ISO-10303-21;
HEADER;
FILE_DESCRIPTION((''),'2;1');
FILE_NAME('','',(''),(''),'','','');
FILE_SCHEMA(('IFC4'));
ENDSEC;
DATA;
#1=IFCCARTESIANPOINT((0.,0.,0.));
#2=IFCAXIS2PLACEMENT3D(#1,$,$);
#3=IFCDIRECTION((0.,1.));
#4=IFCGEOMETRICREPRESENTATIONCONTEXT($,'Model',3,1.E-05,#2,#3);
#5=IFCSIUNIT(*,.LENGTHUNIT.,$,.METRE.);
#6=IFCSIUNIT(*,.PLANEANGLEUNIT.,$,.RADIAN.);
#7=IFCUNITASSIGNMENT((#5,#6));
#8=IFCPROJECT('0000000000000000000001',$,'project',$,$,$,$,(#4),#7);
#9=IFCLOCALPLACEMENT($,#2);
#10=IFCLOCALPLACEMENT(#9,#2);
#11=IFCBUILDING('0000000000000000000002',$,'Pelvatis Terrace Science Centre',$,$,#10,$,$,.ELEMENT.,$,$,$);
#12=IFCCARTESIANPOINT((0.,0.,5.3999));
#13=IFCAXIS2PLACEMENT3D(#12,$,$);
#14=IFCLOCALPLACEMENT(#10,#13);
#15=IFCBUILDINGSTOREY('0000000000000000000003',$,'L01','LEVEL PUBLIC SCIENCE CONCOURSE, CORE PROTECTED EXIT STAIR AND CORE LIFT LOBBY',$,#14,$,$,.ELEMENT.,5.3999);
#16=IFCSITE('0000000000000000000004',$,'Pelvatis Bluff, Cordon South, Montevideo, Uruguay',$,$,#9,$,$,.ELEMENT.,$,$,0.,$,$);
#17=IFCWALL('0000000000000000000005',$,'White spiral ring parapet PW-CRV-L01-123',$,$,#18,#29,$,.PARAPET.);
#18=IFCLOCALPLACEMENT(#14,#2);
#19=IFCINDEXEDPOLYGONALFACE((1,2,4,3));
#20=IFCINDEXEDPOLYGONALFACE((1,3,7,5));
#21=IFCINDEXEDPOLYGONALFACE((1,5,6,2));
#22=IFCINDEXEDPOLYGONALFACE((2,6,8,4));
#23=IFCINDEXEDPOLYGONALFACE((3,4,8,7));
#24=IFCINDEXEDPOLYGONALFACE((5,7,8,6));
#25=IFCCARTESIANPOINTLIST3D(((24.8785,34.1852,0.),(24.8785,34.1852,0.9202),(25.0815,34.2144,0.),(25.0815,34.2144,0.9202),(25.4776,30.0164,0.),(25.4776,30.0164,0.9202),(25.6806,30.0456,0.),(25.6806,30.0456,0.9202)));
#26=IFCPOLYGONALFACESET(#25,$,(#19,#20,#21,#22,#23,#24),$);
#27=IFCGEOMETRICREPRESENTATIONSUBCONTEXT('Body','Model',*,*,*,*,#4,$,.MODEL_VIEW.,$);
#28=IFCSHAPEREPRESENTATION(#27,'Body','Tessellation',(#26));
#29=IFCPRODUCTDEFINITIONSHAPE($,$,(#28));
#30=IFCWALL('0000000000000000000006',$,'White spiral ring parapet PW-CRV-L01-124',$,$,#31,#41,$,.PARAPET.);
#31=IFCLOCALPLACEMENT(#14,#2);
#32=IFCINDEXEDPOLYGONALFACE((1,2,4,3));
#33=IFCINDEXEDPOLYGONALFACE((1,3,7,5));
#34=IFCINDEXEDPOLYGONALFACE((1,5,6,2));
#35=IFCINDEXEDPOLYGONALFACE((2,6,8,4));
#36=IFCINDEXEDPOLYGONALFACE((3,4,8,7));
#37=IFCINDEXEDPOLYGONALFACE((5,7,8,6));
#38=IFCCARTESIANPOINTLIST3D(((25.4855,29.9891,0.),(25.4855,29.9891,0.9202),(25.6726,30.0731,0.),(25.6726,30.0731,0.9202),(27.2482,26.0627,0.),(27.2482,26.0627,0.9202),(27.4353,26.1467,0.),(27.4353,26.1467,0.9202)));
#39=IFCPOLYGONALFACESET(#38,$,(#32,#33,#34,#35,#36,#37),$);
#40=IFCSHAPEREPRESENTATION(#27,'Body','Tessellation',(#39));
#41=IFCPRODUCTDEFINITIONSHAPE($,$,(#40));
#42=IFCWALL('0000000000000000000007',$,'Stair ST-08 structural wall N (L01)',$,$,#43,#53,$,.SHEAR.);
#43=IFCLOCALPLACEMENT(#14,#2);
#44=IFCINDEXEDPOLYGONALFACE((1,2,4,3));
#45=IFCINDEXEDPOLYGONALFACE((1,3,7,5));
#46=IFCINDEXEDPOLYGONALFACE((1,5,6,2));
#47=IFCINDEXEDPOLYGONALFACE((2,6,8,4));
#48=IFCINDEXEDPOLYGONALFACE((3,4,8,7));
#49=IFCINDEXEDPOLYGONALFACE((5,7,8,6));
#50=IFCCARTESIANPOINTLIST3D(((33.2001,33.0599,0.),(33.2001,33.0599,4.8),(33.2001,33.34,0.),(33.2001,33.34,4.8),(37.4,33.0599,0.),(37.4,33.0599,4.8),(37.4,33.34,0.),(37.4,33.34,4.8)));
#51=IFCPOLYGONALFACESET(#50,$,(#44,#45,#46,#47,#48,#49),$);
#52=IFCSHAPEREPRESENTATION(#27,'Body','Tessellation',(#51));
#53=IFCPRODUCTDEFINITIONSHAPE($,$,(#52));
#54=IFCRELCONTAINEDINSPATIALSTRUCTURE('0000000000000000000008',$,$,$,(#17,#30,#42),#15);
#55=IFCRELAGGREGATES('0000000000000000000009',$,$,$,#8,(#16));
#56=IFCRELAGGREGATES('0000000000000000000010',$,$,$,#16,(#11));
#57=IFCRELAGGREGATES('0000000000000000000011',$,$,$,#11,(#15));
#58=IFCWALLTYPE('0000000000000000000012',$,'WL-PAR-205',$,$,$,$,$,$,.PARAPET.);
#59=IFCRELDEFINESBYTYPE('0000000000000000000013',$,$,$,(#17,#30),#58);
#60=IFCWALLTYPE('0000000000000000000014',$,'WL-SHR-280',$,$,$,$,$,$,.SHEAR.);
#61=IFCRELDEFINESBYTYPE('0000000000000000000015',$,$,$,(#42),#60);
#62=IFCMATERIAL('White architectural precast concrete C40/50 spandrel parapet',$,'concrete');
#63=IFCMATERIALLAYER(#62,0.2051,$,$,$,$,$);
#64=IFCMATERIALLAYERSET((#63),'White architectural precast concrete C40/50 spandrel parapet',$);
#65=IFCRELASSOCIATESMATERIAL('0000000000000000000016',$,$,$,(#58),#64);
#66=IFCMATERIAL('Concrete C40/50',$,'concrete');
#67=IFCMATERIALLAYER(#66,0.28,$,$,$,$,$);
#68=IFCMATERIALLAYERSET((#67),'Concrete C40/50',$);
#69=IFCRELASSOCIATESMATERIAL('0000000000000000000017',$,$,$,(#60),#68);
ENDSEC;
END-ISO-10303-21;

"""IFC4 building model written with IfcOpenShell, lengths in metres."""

from ifc_helpers import new_model, si_unit, direction, frame, frame_2d, origin, place, context, subcontext, project, spatial, rectangle, extrude, material, layer, layer_set, type_object, element, save


model = new_model("IFC4")

# Units and contexts
model_context = context("Model", 3, precision=1e-05, world=origin(), true_north=direction((0.0, 1.0)))
body_context = subcontext(model_context, "Body", "Model", "MODEL_VIEW")
ifc_project = project(units=[si_unit("LENGTHUNIT", "METRE"), si_unit("PLANEANGLEUNIT", "RADIAN")], contexts=[model_context])

# Site, building, storey
site_placement = place(None, origin())
site = spatial("IfcSite", under=ifc_project, at=site_placement, Name="Pelvatis Bluff, Cordon South, Montevideo, Uruguay", CompositionType="ELEMENT", RefElevation=0.0)
building_placement = place(site_placement, origin())
building = spatial("IfcBuilding", under=site, at=building_placement, Name="Pelvatis Terrace Science Centre", CompositionType="ELEMENT")
storey_placement = place(building_placement, frame((0.0, 0.0, 5.3999)))
storey = spatial("IfcBuildingStorey", under=building, at=storey_placement, Name="L01", Description="LEVEL PUBLIC SCIENCE CONCOURSE, CORE PROTECTED EXIT STAIR AND CORE LIFT LOBBY", CompositionType="ELEMENT", Elevation=5.3999)

# Walls
ifc_material_1 = material(Name="White architectural precast concrete C40/50 spandrel parapet", Category="concrete")
ifc_layer_1 = layer(ifc_material_1, 0.2051)
ifc_layer_set_1 = layer_set([ifc_layer_1], Name="White architectural precast concrete C40/50 spandrel parapet")
wall_type_1 = type_object("IfcWallType", Name="WL-PAR-205", PredefinedType="PARAPET", material=ifc_layer_set_1)
wall_1_placement = place(storey_placement, frame((24.98, 34.2, 0.0), z_axis=(0.0, 0.0, 1.0), x_axis=(0.142249, -0.989831, 0.0)))
element("IfcWall", 1, at=wall_1_placement, inside=storey, type_object=wall_type_1, Name="White spiral ring parapet PW-CRV-L01-123", PredefinedType="PARAPET", context=body_context, shape_type="SweptSolid", body=[
    extrude(rectangle(XDim=4.2117, YDim=0.2051, at=frame_2d((2.106, 0.0))), origin(), (0.0, 0.0, 1.0), 0.9202),
])
wall_2_placement = place(storey_placement, frame((25.5791, 30.031, 0.0), z_axis=(0.0, 0.0, 1.0), x_axis=(0.409546, -0.912289, 0.0)))
element("IfcWall", 2, at=wall_2_placement, inside=storey, type_object=wall_type_1, Name="White spiral ring parapet PW-CRV-L01-124", PredefinedType="PARAPET", context=body_context, shape_type="SweptSolid", body=[
    extrude(rectangle(XDim=4.304, YDim=0.2051, at=frame_2d((2.1519, 0.0))), origin(), (0.0, 0.0, 1.0), 0.9202),
])
ifc_material_2 = material(Name="Concrete C40/50", Category="concrete")
ifc_layer_2 = layer(ifc_material_2, 0.28)
ifc_layer_set_2 = layer_set([ifc_layer_2], Name="Concrete C40/50")
wall_type_2 = type_object("IfcWallType", Name="WL-SHR-280", PredefinedType="SHEAR", material=ifc_layer_set_2)
wall_3_placement = place(storey_placement, frame((33.2, 33.2, 0.0), z_axis=(0.0, 0.0, 1.0), x_axis=(1.0, 0.0, 0.0)))
element("IfcWall", 3, at=wall_3_placement, inside=storey, type_object=wall_type_2, Name="Stair ST-08 structural wall N (L01)", PredefinedType="SHEAR", context=body_context, shape_type="SweptSolid", body=[
    extrude(rectangle(XDim=4.2, YDim=0.28, at=frame_2d((2.1001, 0.0))), origin(), (0.0, 0.0, 1.0), 4.8),
])

save(model, "model.ifc")
